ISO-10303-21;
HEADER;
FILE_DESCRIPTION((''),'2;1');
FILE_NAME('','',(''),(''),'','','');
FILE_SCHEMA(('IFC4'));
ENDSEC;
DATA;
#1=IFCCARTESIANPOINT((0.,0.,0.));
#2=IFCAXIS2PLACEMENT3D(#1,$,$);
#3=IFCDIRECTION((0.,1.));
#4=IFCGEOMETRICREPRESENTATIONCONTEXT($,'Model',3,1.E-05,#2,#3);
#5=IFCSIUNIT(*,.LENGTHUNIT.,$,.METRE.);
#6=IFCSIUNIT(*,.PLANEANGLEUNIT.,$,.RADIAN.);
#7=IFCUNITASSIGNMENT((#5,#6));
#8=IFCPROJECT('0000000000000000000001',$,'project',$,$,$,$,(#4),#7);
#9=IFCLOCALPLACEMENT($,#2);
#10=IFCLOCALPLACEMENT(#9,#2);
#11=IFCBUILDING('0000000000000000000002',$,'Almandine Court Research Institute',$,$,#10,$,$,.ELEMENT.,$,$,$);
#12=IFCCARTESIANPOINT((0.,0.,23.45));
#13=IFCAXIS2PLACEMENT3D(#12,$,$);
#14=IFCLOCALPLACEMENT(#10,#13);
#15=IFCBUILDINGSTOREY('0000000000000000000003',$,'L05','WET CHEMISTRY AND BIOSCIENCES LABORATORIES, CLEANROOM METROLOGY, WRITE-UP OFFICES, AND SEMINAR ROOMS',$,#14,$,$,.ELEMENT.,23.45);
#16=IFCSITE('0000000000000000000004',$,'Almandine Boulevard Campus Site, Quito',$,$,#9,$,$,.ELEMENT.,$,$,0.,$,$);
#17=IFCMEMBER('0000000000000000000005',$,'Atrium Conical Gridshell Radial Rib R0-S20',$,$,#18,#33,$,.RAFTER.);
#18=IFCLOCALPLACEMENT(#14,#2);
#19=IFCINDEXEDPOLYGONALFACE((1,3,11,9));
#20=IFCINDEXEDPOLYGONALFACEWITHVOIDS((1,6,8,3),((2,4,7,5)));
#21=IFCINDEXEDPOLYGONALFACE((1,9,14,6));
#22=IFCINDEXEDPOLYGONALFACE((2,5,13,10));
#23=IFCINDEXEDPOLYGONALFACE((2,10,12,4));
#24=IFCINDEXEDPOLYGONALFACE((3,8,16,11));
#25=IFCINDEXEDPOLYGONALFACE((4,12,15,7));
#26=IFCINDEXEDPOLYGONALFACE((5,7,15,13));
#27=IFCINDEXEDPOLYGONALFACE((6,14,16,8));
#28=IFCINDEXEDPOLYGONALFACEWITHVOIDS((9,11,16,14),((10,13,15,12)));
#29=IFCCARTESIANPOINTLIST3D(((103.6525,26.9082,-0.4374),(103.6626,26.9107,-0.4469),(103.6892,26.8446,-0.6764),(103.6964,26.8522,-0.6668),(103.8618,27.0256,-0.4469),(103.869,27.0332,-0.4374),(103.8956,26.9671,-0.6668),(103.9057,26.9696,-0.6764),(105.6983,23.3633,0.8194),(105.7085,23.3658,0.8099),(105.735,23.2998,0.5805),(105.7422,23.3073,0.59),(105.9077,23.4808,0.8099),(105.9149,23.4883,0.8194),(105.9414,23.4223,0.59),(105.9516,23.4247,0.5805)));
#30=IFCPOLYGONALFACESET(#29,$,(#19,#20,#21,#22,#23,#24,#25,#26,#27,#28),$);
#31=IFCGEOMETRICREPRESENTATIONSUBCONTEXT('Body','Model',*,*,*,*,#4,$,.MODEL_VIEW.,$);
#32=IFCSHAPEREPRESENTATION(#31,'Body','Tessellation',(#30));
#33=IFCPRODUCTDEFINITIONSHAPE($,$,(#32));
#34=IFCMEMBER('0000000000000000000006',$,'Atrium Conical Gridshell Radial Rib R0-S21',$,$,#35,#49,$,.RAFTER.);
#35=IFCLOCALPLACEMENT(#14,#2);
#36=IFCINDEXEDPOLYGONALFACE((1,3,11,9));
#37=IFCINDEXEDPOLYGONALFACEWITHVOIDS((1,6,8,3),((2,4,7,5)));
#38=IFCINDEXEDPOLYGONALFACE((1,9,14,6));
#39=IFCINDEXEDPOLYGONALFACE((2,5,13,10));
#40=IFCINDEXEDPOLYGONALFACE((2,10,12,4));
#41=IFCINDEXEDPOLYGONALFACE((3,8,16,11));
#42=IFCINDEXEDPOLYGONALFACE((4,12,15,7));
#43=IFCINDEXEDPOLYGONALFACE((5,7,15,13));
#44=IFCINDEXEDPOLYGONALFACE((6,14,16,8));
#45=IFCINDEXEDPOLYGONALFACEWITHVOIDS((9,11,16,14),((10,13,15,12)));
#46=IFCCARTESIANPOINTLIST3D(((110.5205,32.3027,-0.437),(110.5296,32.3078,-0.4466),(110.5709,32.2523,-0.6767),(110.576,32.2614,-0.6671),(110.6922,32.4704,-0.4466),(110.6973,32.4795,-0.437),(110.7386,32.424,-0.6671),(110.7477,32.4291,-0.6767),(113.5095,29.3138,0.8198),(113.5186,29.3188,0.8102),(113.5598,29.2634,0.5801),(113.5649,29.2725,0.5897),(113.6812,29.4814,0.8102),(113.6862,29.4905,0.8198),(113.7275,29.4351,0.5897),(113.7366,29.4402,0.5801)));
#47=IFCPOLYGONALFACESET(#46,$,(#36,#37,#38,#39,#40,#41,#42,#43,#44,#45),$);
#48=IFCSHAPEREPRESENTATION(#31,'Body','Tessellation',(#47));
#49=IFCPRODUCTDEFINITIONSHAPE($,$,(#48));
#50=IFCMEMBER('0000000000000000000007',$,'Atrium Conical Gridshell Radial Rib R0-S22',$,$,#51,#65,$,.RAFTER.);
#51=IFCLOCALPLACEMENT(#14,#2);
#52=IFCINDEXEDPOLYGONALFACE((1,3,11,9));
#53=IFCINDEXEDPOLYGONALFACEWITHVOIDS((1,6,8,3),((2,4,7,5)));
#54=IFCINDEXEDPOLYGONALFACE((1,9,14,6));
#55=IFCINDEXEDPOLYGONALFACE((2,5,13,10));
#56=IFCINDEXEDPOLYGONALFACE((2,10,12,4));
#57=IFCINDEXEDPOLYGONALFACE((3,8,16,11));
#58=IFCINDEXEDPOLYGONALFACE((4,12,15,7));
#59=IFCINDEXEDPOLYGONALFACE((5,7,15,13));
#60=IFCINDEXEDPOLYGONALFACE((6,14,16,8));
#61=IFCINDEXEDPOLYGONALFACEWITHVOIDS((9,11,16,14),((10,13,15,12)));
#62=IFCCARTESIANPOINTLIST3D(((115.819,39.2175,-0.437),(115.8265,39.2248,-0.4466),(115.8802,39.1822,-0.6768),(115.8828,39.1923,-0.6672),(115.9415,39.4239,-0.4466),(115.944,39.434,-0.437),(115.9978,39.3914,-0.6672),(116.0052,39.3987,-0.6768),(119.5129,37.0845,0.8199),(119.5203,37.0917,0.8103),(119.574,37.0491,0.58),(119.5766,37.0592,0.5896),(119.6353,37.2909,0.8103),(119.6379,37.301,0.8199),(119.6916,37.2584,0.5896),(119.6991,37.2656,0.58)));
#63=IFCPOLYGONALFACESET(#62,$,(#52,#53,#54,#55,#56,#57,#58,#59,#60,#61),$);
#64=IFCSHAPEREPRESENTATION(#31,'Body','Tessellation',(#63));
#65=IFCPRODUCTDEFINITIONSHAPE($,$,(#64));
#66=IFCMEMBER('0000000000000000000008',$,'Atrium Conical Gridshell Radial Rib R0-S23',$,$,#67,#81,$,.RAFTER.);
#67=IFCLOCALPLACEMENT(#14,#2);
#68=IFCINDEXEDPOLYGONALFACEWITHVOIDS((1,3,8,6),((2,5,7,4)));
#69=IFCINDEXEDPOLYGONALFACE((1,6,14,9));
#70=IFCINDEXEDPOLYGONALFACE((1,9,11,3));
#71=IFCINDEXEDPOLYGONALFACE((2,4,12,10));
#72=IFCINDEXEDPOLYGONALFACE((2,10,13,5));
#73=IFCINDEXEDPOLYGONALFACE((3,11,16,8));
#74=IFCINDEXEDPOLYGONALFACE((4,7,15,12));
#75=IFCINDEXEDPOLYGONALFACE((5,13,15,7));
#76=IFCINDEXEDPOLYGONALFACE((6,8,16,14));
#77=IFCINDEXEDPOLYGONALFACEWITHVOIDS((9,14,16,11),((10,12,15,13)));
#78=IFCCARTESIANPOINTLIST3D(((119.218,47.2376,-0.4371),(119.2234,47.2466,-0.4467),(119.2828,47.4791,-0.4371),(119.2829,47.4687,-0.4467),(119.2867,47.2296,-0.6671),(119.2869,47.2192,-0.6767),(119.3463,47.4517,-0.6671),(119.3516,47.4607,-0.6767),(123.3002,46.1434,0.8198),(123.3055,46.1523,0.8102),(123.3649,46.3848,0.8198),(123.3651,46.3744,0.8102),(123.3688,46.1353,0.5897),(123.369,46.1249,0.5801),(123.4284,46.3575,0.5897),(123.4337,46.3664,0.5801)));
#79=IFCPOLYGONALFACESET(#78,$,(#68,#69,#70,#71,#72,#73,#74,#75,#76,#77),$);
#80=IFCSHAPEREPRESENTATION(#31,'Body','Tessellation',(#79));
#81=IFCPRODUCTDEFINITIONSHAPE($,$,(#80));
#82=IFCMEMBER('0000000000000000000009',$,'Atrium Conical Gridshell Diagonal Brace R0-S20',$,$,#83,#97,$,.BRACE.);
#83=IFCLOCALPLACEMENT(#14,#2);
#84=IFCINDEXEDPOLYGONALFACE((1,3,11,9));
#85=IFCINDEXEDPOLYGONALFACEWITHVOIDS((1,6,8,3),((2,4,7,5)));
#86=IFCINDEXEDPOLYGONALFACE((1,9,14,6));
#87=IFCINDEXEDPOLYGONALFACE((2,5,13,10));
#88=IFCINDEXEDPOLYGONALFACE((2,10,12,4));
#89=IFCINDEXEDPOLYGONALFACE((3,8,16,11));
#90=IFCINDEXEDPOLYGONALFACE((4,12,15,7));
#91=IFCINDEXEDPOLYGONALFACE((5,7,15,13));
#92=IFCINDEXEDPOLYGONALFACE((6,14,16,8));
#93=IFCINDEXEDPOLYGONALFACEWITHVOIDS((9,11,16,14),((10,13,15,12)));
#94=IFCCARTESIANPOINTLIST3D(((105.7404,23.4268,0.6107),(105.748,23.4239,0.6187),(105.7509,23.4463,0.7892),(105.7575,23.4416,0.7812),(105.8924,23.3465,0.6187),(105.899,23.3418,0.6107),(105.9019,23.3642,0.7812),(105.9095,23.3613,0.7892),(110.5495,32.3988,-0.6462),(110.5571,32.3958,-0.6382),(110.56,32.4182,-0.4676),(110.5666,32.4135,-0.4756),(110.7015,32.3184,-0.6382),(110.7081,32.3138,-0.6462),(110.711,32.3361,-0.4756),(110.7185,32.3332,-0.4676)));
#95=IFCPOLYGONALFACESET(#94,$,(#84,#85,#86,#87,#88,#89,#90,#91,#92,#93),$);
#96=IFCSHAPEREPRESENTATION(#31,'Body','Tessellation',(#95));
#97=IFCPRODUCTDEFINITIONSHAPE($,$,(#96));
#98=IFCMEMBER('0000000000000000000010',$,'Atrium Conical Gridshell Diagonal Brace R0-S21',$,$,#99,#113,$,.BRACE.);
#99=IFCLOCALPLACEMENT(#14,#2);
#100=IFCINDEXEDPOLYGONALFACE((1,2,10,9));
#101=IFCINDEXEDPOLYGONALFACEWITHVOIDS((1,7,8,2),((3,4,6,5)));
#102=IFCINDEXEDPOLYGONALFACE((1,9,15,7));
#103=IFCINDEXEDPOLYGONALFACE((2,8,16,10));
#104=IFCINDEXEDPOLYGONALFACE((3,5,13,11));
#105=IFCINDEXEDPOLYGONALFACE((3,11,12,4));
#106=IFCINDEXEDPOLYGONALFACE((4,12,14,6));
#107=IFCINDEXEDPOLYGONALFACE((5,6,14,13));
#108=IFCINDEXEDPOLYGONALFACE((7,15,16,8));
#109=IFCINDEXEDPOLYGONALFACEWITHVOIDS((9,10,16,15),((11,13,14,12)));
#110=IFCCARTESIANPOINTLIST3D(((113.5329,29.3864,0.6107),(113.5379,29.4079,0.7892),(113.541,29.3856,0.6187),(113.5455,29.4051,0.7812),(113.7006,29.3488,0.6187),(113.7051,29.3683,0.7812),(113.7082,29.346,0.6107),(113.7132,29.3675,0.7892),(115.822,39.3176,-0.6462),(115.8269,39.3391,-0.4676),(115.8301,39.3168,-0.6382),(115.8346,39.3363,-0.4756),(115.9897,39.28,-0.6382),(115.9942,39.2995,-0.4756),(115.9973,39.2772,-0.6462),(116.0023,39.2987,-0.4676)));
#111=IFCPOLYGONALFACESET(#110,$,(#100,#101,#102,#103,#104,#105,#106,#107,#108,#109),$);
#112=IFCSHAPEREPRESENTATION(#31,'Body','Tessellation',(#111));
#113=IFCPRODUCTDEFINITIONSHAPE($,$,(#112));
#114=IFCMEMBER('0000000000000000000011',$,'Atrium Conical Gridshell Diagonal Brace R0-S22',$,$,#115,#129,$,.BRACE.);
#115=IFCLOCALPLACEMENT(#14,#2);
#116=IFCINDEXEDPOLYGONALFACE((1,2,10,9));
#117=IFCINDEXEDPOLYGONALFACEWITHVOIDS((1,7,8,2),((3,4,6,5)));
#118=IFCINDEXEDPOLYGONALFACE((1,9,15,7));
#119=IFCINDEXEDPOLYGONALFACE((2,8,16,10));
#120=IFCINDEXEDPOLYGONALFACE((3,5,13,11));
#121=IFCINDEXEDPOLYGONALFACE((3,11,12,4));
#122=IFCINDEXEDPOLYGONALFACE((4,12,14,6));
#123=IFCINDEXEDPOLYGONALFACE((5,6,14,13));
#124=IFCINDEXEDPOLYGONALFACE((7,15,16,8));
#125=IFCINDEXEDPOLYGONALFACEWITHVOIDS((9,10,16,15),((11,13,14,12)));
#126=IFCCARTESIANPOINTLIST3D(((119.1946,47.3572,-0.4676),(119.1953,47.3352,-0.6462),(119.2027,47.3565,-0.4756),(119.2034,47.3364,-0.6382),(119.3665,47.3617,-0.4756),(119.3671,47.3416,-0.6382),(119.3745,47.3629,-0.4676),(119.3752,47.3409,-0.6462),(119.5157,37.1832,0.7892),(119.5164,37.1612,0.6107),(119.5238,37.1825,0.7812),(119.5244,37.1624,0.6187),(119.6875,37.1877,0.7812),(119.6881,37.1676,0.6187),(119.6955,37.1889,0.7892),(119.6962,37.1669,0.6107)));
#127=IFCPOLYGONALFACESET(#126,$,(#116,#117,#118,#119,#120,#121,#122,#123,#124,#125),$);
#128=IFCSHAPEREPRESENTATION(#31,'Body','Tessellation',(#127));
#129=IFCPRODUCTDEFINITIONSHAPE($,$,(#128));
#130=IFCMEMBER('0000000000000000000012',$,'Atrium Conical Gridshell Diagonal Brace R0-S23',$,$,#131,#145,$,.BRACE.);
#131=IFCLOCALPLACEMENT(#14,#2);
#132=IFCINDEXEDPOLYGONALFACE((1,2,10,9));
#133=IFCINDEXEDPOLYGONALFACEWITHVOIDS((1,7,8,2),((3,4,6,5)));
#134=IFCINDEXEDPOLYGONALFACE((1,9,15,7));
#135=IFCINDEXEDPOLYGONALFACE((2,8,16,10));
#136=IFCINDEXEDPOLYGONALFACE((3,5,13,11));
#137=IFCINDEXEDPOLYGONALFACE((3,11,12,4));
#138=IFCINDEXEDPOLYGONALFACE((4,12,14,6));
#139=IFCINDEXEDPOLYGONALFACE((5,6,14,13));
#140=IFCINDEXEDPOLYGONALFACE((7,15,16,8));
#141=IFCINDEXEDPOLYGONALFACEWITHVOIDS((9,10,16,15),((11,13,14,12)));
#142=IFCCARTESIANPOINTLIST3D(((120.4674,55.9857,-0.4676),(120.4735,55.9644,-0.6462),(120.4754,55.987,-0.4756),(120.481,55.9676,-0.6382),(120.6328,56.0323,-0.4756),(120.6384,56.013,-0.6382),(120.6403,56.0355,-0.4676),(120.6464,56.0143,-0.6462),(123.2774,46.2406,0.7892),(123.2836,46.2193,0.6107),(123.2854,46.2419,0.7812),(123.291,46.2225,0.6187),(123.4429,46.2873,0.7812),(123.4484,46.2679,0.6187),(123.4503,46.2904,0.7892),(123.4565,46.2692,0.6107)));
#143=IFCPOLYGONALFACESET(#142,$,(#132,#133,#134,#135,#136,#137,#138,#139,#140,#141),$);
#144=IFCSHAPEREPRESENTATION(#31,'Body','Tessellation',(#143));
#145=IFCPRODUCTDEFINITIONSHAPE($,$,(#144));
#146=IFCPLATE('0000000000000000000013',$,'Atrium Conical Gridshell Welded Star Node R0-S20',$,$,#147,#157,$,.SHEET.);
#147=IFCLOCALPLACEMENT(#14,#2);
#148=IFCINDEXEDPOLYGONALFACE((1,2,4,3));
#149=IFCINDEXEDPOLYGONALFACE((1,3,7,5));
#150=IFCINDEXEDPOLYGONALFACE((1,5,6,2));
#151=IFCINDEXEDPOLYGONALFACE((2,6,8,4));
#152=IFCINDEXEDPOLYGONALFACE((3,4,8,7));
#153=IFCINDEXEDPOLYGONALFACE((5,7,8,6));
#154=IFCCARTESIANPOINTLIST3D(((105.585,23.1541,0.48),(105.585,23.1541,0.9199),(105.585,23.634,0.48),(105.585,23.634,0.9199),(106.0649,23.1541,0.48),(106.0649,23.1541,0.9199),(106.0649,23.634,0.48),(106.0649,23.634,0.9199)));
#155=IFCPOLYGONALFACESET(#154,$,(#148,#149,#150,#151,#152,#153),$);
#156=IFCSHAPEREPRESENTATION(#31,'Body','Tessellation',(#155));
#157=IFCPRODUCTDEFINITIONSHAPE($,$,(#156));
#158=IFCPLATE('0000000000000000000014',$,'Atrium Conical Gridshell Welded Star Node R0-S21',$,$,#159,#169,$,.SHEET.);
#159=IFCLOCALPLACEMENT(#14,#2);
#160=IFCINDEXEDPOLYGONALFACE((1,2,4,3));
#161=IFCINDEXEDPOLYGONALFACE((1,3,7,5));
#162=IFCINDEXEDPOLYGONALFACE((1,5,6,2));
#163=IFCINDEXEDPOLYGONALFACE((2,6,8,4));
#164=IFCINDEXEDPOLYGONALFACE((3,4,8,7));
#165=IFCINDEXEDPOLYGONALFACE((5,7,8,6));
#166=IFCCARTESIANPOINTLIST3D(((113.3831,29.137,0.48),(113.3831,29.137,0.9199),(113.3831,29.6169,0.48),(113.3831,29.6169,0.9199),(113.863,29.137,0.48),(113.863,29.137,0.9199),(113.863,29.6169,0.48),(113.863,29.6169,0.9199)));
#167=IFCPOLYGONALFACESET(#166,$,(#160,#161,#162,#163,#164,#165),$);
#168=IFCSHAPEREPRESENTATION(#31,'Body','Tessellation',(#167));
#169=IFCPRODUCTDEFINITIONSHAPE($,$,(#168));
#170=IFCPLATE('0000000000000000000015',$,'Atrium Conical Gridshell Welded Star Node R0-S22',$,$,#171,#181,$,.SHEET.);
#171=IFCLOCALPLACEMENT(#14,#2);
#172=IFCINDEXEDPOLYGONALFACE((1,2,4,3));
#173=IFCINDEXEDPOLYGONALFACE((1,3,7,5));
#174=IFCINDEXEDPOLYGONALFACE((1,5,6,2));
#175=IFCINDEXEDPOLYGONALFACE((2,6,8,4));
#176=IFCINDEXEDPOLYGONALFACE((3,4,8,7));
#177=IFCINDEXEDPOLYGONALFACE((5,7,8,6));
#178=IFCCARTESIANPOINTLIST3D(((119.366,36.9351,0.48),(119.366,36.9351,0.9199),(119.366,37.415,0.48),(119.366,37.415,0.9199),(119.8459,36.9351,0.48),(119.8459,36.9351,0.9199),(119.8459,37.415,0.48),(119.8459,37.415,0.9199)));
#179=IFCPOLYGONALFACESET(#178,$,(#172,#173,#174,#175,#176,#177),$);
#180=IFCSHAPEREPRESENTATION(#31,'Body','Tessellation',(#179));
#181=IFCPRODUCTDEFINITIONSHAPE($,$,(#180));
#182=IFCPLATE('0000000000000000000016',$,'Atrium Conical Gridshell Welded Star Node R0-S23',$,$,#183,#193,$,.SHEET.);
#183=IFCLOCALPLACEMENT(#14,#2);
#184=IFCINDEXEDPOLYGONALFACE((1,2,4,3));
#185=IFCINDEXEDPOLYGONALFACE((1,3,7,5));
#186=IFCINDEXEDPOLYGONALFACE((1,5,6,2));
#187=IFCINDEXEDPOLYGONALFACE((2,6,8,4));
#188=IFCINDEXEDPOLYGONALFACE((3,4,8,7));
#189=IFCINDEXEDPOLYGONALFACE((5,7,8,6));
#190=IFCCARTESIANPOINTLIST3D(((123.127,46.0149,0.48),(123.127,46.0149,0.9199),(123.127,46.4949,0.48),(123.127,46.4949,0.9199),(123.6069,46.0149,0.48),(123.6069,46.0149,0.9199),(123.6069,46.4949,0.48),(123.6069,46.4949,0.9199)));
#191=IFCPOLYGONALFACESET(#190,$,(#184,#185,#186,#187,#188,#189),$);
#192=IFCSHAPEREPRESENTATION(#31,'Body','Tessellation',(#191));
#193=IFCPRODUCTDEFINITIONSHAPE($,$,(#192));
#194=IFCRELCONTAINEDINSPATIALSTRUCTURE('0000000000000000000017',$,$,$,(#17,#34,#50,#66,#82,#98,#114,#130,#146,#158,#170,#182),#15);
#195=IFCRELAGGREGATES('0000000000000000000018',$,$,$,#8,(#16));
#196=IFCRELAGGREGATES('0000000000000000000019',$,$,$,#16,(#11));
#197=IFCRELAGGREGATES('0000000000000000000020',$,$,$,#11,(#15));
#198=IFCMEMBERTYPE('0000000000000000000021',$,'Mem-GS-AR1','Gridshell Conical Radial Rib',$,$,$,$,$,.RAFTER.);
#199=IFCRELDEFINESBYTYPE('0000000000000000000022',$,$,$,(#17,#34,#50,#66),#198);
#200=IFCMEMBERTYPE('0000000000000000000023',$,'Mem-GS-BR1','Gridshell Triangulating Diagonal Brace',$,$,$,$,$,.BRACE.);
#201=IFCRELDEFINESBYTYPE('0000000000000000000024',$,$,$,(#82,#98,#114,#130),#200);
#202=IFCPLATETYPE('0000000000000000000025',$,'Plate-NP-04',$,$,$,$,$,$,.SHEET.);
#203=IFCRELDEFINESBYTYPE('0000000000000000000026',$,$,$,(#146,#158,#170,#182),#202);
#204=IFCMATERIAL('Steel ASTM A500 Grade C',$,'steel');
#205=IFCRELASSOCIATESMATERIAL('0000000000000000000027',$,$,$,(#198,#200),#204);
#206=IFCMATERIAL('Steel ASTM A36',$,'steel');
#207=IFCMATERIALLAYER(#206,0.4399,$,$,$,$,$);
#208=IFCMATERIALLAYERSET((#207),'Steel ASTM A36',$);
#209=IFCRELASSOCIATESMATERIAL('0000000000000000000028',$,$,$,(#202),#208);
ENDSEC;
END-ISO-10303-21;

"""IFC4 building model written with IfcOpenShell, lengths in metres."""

from ifc_helpers import new_model, si_unit, direction, frame, origin, origin_2d, place, context, subcontext, project, spatial, rectangle, hollow_rectangle, extrude, material, layer, layer_set, material_profile, profile_set, type_object, element, save


model = new_model("IFC4")

# Units and contexts
model_context = context("Model", 3, precision=1e-05, world=origin(), true_north=direction((0.0, 1.0)))
body_context = subcontext(model_context, "Body", "Model", "MODEL_VIEW")
ifc_project = project(units=[si_unit("LENGTHUNIT", "METRE"), si_unit("PLANEANGLEUNIT", "RADIAN")], contexts=[model_context])

# Site, building, storey
site_placement = place(None, origin())
site = spatial("IfcSite", under=ifc_project, at=site_placement, Name="Almandine Boulevard Campus Site, Quito", CompositionType="ELEMENT", RefElevation=0.0)
building_placement = place(site_placement, origin())
building = spatial("IfcBuilding", under=site, at=building_placement, Name="Almandine Court Research Institute", CompositionType="ELEMENT")
storey_placement = place(building_placement, frame((0.0, 0.0, 23.45)))
storey = spatial("IfcBuildingStorey", under=building, at=storey_placement, Name="L05", Description="WET CHEMISTRY AND BIOSCIENCES LABORATORIES, CLEANROOM METROLOGY, WRITE-UP OFFICES, AND SEMINAR ROOMS", CompositionType="ELEMENT", Elevation=23.45)

# Members
ifc_material_1 = material(Name="Steel ASTM A500 Grade C", Category="steel")
ifc_material_profile_1 = material_profile(ifc_material_1, hollow_rectangle(XDim=0.25, YDim=0.25, WallThickness=0.01, at=origin_2d()), Name="HSS 250x250x10")
ifc_profile_set_1 = profile_set([ifc_material_profile_1], Name="Steel ASTM A500 Grade C")
member_type_1 = type_object("IfcMemberType", Name="Mem-GS-AR1", Description="Gridshell Conical Radial Rib", PredefinedType="RAFTER", material=ifc_profile_set_1)
member_1_placement = place(storey_placement, frame((105.825, 23.394, 0.7), z_axis=(-0.477839, 0.82795, -0.293546), x_axis=(-0.866106, -0.49986, 0.0)))
element("IfcMember", 1, at=member_1_placement, inside=storey, type_object=member_type_1, Name="Atrium Conical Gridshell Radial Rib R0-S20", PredefinedType="RAFTER", context=body_context, shape_type="SweptSolid", body=[
    extrude(hollow_rectangle(XDim=0.25, YDim=0.25, WallThickness=0.01, at=origin_2d()), origin(), (0.0, 0.0, 1.0), 4.2815),
])
member_2_placement = place(storey_placement, frame((113.623, 29.377, 0.7), z_axis=(-0.677782, 0.677782, -0.284997), x_axis=(-0.707107, -0.707107, 0.0)))
element("IfcMember", 2, at=member_2_placement, inside=storey, type_object=member_type_1, Name="Atrium Conical Gridshell Radial Rib R0-S21", PredefinedType="RAFTER", context=body_context, shape_type="SweptSolid", body=[
    extrude(hollow_rectangle(XDim=0.25, YDim=0.25, WallThickness=0.01, at=origin_2d()), origin(), (0.0, 0.0, 1.0), 4.4099),
])
member_3_placement = place(storey_placement, frame((119.606, 37.175, 0.7), z_axis=(-0.830674, 0.479683, -0.282638), x_axis=(-0.500073, -0.865984, 0.0)))
element("IfcMember", 3, at=member_3_placement, inside=storey, type_object=member_type_1, Name="Atrium Conical Gridshell Radial Rib R0-S22", PredefinedType="RAFTER", context=body_context, shape_type="SweptSolid", body=[
    extrude(hollow_rectangle(XDim=0.25, YDim=0.25, WallThickness=0.01, at=origin_2d()), origin(), (0.0, 0.0, 1.0), 4.4468),
])
member_4_placement = place(storey_placement, frame((123.3669, 46.2549, 0.7), z_axis=(-0.925824, 0.248178, -0.285056), x_axis=(-0.258921, -0.965899, 0.0)))
element("IfcMember", 4, at=member_4_placement, inside=storey, type_object=member_type_1, Name="Atrium Conical Gridshell Radial Rib R0-S23", PredefinedType="RAFTER", context=body_context, shape_type="SweptSolid", body=[
    extrude(hollow_rectangle(XDim=0.25, YDim=0.25, WallThickness=0.01, at=origin_2d()), origin(), (0.0, 0.0, 1.0), 4.4092),
])
ifc_material_profile_2 = material_profile(ifc_material_1, hollow_rectangle(XDim=0.1799, YDim=0.1799, WallThickness=0.0081, at=origin_2d()), Name="HSS 180x180x8")
ifc_profile_set_2 = profile_set([ifc_material_profile_2], Name="Steel ASTM A500 Grade C")
member_type_2 = type_object("IfcMemberType", Name="Mem-GS-BR1", Description="Gridshell Triangulating Diagonal Brace", PredefinedType="BRACE", material=ifc_profile_set_2)
member_5_placement = place(storey_placement, frame((105.825, 23.394, 0.7), z_axis=(0.468867, 0.874728, -0.122537), x_axis=(-0.88137, 0.472427, 0.0)))
element("IfcMember", 5, at=member_5_placement, inside=storey, type_object=member_type_2, Name="Atrium Conical Gridshell Diagonal Brace R0-S20", PredefinedType="BRACE", context=body_context, shape_type="SweptSolid", body=[
    extrude(hollow_rectangle(XDim=0.1799, YDim=0.1799, WallThickness=0.0081, at=origin_2d()), origin(), (0.0, 0.0, 1.0), 10.2568),
])
member_6_placement = place(storey_placement, frame((113.623, 29.377, 0.7), z_axis=(0.222915, 0.967124, -0.122394), x_axis=(-0.97445, 0.224604, 0.0)))
element("IfcMember", 6, at=member_6_placement, inside=storey, type_object=member_type_2, Name="Atrium Conical Gridshell Diagonal Brace R0-S21", PredefinedType="BRACE", context=body_context, shape_type="SweptSolid", body=[
    extrude(hollow_rectangle(XDim=0.1799, YDim=0.1799, WallThickness=0.0081, at=origin_2d()), origin(), (0.0, 0.0, 1.0), 10.2688),
])
member_7_placement = place(storey_placement, frame((119.606, 37.175, 0.7), z_axis=(-0.031302, 0.99197, -0.122541), x_axis=(-0.999503, -0.03154, 0.0)))
element("IfcMember", 7, at=member_7_placement, inside=storey, type_object=member_type_2, Name="Atrium Conical Gridshell Diagonal Brace R0-S22", PredefinedType="BRACE", context=body_context, shape_type="SweptSolid", body=[
    extrude(hollow_rectangle(XDim=0.1799, YDim=0.1799, WallThickness=0.0081, at=origin_2d()), origin(), (0.0, 0.0, 1.0), 10.2563),
])
member_8_placement = place(storey_placement, frame((123.3669, 46.2549, 0.7), z_axis=(-0.274963, 0.953557, -0.122981), x_axis=(-0.960851, -0.277067, 0.0)))
element("IfcMember", 8, at=member_8_placement, inside=storey, type_object=member_type_2, Name="Atrium Conical Gridshell Diagonal Brace R0-S23", PredefinedType="BRACE", context=body_context, shape_type="SweptSolid", body=[
    extrude(hollow_rectangle(XDim=0.1799, YDim=0.1799, WallThickness=0.0081, at=origin_2d()), origin(), (0.0, 0.0, 1.0), 10.2197),
])

# Plates
ifc_material_2 = material(Name="Steel ASTM A36", Category="steel")
ifc_layer_1 = layer(ifc_material_2, 0.4399)
ifc_layer_set_1 = layer_set([ifc_layer_1], Name="Steel ASTM A36")
plate_type = type_object("IfcPlateType", Name="Plate-NP-04", PredefinedType="SHEET", material=ifc_layer_set_1)
for number, where, z_axis, x_axis, name in (
    (9, (105.825, 23.394, 0.48), (0.0, 0.0, 1.0), (1.0, 0.0, 0.0), "Atrium Conical Gridshell Welded Star Node R0-S20"),
    (10, (113.623, 29.377, 0.48), (0.0, 0.0, 1.0), (1.0, 0.0, 0.0), "Atrium Conical Gridshell Welded Star Node R0-S21"),
    (11, (119.606, 37.175, 0.48), (0.0, 0.0, 1.0), (1.0, 0.0, 0.0), "Atrium Conical Gridshell Welded Star Node R0-S22"),
    (12, (123.3669, 46.2549, 0.48), (0.0, 0.0, 1.0), (1.0, 0.0, 0.0), "Atrium Conical Gridshell Welded Star Node R0-S23"),
):
    element("IfcPlate", number, at=place(storey_placement, frame(where, z_axis=z_axis, x_axis=x_axis)), inside=storey, type_object=plate_type, Name=name, PredefinedType="SHEET", context=body_context, shape_type="SweptSolid", body=[
        extrude(rectangle(XDim=0.48, YDim=0.48, at=origin_2d()), origin(), (0.0, 0.0, 1.0), 0.4399),
    ])

save(model, "model.ifc")
